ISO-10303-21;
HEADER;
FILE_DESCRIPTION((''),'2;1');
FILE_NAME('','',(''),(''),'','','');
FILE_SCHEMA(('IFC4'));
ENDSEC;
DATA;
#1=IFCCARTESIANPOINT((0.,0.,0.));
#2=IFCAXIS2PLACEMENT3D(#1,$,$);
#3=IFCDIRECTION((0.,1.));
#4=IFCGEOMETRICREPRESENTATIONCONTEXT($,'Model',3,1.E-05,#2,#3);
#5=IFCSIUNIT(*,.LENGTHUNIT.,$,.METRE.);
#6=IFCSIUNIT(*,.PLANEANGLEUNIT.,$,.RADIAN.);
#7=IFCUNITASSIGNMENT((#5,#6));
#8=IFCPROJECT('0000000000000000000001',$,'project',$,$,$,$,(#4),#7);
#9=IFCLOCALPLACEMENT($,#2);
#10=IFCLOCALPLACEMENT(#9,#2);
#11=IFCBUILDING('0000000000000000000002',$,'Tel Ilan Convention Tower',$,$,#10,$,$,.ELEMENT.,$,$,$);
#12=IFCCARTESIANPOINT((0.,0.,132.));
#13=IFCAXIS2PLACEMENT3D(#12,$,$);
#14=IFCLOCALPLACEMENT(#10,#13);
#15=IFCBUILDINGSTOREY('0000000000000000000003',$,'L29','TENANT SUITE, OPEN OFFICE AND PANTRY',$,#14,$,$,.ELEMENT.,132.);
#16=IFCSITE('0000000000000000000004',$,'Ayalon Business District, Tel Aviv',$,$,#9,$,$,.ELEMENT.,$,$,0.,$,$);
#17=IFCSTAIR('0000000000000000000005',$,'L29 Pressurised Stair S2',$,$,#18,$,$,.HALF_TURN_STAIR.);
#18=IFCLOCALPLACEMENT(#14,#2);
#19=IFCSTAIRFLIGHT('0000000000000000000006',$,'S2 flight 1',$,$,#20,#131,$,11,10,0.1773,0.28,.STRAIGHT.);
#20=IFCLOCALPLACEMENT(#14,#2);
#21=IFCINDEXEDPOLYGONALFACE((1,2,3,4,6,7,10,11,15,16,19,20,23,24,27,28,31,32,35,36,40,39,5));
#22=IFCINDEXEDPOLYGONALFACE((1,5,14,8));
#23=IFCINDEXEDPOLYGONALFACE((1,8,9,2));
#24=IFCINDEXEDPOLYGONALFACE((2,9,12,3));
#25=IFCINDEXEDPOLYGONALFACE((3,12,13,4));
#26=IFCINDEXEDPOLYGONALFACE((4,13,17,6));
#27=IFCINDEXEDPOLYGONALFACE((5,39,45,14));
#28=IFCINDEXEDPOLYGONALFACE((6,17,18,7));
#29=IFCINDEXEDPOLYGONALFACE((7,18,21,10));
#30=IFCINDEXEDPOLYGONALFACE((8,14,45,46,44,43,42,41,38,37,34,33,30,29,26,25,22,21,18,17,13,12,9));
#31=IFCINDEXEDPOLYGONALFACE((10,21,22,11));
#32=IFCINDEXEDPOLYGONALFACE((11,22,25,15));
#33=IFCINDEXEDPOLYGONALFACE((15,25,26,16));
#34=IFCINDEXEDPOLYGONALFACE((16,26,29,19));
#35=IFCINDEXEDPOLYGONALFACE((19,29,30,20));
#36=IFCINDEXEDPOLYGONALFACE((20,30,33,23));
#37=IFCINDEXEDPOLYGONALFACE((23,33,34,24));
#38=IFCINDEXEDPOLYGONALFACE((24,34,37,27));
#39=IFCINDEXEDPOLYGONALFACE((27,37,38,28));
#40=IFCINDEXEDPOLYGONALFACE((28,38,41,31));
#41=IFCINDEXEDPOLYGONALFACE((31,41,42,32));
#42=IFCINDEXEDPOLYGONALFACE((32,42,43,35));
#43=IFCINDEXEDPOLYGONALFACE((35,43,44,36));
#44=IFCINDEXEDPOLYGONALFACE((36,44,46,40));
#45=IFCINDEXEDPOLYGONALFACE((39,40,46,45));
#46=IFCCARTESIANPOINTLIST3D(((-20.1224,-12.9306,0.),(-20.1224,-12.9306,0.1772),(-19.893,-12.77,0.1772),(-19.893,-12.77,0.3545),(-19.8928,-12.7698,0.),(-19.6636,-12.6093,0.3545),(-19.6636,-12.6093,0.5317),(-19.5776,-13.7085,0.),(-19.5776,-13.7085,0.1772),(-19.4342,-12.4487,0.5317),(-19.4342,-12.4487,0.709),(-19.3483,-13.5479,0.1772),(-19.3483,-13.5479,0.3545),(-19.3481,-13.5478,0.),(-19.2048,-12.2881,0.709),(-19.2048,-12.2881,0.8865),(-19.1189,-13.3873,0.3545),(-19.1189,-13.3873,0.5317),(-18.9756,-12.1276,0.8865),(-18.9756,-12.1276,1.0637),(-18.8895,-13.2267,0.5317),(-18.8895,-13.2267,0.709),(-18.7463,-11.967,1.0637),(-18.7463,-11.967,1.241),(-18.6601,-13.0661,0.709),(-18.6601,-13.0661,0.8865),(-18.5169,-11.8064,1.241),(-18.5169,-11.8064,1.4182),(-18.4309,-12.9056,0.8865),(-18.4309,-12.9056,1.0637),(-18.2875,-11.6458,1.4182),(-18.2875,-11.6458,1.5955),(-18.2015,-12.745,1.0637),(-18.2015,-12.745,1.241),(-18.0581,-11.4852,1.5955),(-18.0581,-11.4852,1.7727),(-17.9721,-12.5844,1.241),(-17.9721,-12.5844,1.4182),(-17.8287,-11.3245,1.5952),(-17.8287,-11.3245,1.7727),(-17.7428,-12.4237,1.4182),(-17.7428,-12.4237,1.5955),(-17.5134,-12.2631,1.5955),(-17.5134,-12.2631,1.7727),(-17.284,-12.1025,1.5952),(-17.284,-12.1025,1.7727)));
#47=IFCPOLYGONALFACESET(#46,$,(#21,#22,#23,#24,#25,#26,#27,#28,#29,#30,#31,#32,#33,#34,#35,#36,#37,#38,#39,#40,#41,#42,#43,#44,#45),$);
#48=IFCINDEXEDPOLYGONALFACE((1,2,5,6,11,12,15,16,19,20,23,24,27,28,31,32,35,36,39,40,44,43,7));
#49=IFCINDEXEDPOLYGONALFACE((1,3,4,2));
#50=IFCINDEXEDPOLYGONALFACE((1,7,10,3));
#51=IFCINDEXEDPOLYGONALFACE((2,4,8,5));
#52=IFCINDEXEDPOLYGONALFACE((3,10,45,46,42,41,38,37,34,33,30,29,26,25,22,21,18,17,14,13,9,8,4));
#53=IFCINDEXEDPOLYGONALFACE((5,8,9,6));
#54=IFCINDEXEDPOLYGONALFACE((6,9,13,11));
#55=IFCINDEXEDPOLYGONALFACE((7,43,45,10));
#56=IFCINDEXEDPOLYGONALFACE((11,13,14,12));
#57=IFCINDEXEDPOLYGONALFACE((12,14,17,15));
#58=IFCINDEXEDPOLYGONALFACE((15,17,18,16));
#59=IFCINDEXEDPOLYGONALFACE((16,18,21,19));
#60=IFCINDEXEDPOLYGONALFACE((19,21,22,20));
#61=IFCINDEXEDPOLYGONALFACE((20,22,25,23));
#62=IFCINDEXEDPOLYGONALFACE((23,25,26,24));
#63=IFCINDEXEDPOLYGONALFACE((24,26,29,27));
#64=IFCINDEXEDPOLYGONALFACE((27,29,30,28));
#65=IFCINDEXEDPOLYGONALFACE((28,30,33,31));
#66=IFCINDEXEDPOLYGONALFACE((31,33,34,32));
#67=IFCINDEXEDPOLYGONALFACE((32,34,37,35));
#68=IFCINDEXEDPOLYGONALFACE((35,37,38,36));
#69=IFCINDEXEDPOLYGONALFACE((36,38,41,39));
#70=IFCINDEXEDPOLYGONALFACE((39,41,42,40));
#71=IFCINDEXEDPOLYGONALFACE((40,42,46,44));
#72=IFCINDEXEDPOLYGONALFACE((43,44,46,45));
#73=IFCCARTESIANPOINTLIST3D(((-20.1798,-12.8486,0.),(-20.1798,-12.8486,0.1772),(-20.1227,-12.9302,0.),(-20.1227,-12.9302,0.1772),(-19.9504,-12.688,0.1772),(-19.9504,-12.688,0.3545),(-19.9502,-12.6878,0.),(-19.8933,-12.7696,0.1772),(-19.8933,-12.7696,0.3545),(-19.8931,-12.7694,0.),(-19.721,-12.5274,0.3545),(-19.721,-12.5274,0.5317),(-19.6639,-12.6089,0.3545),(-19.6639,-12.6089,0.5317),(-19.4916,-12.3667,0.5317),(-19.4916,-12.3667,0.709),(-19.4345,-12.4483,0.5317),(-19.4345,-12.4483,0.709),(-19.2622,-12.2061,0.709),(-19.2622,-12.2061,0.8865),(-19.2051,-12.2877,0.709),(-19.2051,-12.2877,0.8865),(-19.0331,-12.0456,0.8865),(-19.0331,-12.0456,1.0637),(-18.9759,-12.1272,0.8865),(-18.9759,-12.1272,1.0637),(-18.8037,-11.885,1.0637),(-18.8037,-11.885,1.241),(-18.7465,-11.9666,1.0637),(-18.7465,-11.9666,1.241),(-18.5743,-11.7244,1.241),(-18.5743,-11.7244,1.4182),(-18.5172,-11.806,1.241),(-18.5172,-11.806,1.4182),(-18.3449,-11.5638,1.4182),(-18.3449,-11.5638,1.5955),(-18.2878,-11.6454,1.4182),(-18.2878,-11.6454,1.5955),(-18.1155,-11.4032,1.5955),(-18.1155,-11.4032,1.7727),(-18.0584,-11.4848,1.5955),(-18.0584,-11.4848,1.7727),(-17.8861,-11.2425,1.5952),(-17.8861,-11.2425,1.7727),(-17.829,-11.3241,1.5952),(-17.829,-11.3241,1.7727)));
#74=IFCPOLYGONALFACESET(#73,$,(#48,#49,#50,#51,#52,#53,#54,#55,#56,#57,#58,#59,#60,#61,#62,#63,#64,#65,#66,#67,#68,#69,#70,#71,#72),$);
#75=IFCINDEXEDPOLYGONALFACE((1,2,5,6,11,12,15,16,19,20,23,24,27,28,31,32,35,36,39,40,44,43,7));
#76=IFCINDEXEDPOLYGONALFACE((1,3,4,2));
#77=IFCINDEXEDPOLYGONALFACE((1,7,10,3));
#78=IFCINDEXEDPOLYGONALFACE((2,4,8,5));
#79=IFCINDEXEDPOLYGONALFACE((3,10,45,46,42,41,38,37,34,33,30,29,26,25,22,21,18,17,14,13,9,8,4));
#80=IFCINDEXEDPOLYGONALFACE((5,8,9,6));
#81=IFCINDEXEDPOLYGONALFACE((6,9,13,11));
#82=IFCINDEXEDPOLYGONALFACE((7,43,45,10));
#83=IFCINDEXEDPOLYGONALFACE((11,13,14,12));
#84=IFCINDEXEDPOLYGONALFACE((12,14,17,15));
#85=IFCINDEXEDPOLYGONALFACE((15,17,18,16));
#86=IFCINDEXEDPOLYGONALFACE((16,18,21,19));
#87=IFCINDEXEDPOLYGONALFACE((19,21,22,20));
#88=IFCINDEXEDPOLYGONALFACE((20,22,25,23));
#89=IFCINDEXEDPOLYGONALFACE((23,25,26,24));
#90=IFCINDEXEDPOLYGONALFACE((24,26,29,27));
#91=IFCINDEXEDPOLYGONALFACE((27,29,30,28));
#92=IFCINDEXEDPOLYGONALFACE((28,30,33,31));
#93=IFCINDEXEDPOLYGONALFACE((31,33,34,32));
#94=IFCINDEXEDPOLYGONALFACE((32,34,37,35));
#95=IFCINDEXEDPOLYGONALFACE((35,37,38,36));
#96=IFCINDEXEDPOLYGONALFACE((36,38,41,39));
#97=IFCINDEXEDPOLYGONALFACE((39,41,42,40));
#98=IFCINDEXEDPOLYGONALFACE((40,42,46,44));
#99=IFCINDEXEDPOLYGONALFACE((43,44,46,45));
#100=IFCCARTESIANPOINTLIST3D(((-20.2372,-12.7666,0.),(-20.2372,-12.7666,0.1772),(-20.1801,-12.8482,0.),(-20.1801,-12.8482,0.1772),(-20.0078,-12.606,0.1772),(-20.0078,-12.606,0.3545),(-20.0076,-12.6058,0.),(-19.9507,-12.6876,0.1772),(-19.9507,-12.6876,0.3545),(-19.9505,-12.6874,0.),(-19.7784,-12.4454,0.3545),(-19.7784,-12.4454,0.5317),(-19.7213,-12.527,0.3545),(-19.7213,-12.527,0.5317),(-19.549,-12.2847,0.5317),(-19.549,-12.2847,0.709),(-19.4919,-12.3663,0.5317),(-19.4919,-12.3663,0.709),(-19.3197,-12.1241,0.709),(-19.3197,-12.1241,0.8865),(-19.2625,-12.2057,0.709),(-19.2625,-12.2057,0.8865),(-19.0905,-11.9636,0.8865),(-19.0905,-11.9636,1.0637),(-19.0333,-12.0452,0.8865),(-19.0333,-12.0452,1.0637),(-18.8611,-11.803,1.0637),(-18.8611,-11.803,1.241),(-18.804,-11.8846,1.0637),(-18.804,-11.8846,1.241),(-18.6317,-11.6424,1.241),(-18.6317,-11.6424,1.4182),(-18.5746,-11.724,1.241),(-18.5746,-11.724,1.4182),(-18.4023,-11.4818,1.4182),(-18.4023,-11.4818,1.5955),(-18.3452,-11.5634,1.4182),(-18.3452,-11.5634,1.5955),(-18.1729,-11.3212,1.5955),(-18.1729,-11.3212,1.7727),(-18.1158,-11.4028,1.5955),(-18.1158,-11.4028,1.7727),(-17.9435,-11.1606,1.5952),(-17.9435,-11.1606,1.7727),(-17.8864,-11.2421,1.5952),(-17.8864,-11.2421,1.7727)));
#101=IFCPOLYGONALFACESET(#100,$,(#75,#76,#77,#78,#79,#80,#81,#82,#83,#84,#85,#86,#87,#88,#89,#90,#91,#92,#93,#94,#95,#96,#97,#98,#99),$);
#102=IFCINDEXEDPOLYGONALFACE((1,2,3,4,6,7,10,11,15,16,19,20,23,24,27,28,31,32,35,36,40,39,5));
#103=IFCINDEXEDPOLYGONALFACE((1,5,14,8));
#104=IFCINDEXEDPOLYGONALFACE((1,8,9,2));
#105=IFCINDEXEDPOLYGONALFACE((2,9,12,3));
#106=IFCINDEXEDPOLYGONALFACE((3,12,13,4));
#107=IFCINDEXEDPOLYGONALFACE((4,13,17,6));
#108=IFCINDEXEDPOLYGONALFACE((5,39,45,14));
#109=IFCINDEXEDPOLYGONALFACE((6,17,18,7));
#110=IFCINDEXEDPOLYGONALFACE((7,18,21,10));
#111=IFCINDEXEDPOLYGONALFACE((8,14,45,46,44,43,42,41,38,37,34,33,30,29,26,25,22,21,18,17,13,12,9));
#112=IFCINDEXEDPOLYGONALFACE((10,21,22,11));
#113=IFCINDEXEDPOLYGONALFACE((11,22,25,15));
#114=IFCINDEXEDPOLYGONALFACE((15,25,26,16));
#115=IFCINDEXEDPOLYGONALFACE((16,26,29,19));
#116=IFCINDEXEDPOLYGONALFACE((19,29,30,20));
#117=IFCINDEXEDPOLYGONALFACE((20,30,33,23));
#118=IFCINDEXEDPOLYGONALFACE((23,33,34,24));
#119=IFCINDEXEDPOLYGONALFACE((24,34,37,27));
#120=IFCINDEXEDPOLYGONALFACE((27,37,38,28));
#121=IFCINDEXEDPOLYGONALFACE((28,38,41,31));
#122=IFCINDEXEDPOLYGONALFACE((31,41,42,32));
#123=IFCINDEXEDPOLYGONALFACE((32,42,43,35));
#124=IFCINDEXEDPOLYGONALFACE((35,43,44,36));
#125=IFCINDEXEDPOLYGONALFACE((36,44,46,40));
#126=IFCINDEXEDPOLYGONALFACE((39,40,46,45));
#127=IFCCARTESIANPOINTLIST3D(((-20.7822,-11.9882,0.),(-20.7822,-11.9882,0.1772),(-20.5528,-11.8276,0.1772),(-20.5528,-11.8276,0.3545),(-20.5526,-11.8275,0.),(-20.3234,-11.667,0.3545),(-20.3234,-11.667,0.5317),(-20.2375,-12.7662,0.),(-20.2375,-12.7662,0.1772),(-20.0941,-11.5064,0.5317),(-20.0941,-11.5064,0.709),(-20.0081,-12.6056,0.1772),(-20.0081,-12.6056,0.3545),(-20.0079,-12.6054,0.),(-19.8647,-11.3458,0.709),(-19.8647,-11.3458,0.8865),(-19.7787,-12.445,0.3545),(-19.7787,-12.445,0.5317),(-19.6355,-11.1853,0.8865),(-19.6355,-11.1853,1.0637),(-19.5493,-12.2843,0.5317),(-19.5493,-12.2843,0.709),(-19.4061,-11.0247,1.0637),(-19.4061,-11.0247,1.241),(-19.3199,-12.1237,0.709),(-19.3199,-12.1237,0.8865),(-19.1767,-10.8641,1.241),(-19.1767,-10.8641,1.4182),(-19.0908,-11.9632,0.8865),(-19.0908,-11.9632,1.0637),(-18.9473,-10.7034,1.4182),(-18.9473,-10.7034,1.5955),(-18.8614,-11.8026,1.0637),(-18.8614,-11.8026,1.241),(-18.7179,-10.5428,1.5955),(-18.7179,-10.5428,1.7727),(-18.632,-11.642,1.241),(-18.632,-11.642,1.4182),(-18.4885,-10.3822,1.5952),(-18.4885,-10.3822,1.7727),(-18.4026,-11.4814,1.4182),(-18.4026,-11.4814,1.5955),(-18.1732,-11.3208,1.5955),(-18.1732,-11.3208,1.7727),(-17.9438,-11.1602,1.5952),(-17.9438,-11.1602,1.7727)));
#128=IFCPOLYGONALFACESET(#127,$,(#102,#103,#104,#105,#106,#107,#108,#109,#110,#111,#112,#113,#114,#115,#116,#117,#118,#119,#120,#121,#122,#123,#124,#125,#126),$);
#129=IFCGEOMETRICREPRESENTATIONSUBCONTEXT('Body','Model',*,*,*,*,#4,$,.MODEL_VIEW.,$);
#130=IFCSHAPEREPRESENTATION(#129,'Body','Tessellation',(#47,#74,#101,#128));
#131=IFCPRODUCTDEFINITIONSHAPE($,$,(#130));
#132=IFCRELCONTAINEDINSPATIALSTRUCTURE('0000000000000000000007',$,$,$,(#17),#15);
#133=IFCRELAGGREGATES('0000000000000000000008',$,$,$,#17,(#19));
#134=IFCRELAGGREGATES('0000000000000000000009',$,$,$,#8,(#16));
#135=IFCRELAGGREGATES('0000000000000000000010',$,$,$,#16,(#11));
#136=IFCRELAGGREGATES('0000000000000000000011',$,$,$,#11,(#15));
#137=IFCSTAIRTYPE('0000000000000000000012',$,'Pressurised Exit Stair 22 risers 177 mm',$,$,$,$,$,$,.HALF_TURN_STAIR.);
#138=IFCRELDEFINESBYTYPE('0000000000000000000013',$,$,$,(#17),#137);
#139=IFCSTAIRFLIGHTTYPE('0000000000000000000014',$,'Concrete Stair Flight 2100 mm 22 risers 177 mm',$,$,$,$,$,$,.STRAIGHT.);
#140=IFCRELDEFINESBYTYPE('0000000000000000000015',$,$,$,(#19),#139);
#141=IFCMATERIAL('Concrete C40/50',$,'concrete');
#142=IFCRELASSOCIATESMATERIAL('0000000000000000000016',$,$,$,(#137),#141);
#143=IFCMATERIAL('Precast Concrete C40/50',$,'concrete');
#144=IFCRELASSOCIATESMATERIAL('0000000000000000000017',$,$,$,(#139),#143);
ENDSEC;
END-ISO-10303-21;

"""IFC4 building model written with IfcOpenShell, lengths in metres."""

from ifc_helpers import new_model, si_unit, direction, frame, origin, place, context, subcontext, project, spatial, polyline, outline, extrude, material, type_object, element, aggregate, save


model = new_model("IFC4")

# Units and contexts
model_context = context("Model", 3, precision=1e-05, world=origin(), true_north=direction((0.0, 1.0)))
body_context = subcontext(model_context, "Body", "Model", "MODEL_VIEW")
ifc_project = project(units=[si_unit("LENGTHUNIT", "METRE"), si_unit("PLANEANGLEUNIT", "RADIAN")], contexts=[model_context])

# Site, building, storey
site_placement = place(None, origin())
site = spatial("IfcSite", under=ifc_project, at=site_placement, Name="Ayalon Business District, Tel Aviv", CompositionType="ELEMENT", RefElevation=0.0)
building_placement = place(site_placement, origin())
building = spatial("IfcBuilding", under=site, at=building_placement, Name="Tel Ilan Convention Tower", CompositionType="ELEMENT")
storey_placement = place(building_placement, frame((0.0, 0.0, 132.0)))
storey = spatial("IfcBuildingStorey", under=building, at=storey_placement, Name="L29", Description="TENANT SUITE, OPEN OFFICE AND PANTRY", CompositionType="ELEMENT", Elevation=132.0)

# Stair, stair flight
ifc_material_1 = material(Name="Concrete C40/50", Category="concrete")
stair_type = type_object("IfcStairType", Name="Pressurised Exit Stair 22 risers 177 mm", PredefinedType="HALF_TURN_STAIR", material=ifc_material_1)
ifc_material_2 = material(Name="Precast Concrete C40/50", Category="concrete")
stair_flight_type = type_object("IfcStairFlightType", Name="Concrete Stair Flight 2100 mm 22 risers 177 mm", PredefinedType="STRAIGHT", material=ifc_material_2)
stair_1_placement = place(storey_placement, origin())
stair_1 = element("IfcStair", 1, at=stair_1_placement, inside=storey, type_object=stair_type, Name="L29 Pressurised Stair S2", PredefinedType="HALF_TURN_STAIR")
stair_flight_1_placement = place(storey_placement, frame((-20.1799, -12.8484, 0.0), z_axis=(0.0, 0.0, 1.0), x_axis=(0.819152, 0.573576, 0.0)))
stair_flight_1 = element("IfcStairFlight", 2, at=stair_flight_1_placement, type_object=stair_flight_type, Name="S2 flight 1", NumberOfRisers=11, NumberOfTreads=10, PredefinedType="STRAIGHT", RiserHeight=0.1773, TreadLength=0.28, context=body_context, shape_type="SweptSolid", body=[
    extrude(outline(polyline([(0.0, 0.0), (0.0, 0.1772), (0.28, 0.1772), (0.28, 0.3545), (0.5601, 0.3545), (0.5601, 0.5317), (0.8401, 0.5317), (0.8401, 0.709), (1.1201, 0.709), (1.1201, 0.8865), (1.3999, 0.8865), (1.3999, 1.0637), (1.6799, 1.0637), (1.6799, 1.241), (1.96, 1.241), (1.96, 1.4182), (2.24, 1.4182), (2.24, 1.5955), (2.52, 1.5955), (2.52, 1.7727), (2.8, 1.7727), (2.8, 1.95), (2.8, 1.5952), (0.2803, 0.0), (0.0, 0.0)])), frame((0.0, -0.1003, 0.0), z_axis=(0.0, -1.0, 0.0), x_axis=(1.0, 0.0, 0.0)), (0.0, 0.0, 1.0), 0.9497),
    extrude(outline(polyline([(0.0, 0.0), (0.0, 0.1772), (0.28, 0.1772), (0.28, 0.3545), (0.5601, 0.3545), (0.5601, 0.5317), (0.8401, 0.5317), (0.8401, 0.709), (1.1201, 0.709), (1.1201, 0.8865), (1.3999, 0.8865), (1.3999, 1.0637), (1.6799, 1.0637), (1.6799, 1.241), (1.96, 1.241), (1.96, 1.4182), (2.24, 1.4182), (2.24, 1.5955), (2.52, 1.5955), (2.52, 1.7727), (2.8, 1.7727), (2.8, 1.95), (2.8, 1.5952), (0.2803, 0.0), (0.0, 0.0)])), frame((0.0, -0.0002, 0.0), z_axis=(0.0, -1.0, 0.0), x_axis=(1.0, 0.0, 0.0)), (0.0, 0.0, 1.0), 0.0996),
    extrude(outline(polyline([(0.0, 0.0), (0.0, 0.1772), (0.28, 0.1772), (0.28, 0.3545), (0.5601, 0.3545), (0.5601, 0.5317), (0.8401, 0.5317), (0.8401, 0.709), (1.1201, 0.709), (1.1201, 0.8865), (1.3999, 0.8865), (1.3999, 1.0637), (1.6799, 1.0637), (1.6799, 1.241), (1.96, 1.241), (1.96, 1.4182), (2.24, 1.4182), (2.24, 1.5955), (2.52, 1.5955), (2.52, 1.7727), (2.8, 1.7727), (2.8, 1.95), (2.8, 1.5952), (0.2803, 0.0), (0.0, 0.0)])), frame((0.0, 0.0999, 0.0), z_axis=(0.0, -1.0, 0.0), x_axis=(1.0, 0.0, 0.0)), (0.0, 0.0, 1.0), 0.0996),
    extrude(outline(polyline([(0.0, 0.0), (0.0, 0.1772), (0.28, 0.1772), (0.28, 0.3545), (0.5601, 0.3545), (0.5601, 0.5317), (0.8401, 0.5317), (0.8401, 0.709), (1.1201, 0.709), (1.1201, 0.8865), (1.3999, 0.8865), (1.3999, 1.0637), (1.6799, 1.0637), (1.6799, 1.241), (1.96, 1.241), (1.96, 1.4182), (2.24, 1.4182), (2.24, 1.5955), (2.52, 1.5955), (2.52, 1.7727), (2.8, 1.7727), (2.8, 1.95), (2.8, 1.5952), (0.2803, 0.0), (0.0, 0.0)])), frame((0.0, 1.05, 0.0), z_axis=(0.0, -1.0, 0.0), x_axis=(1.0, 0.0, 0.0)), (0.0, 0.0, 1.0), 0.9497),
])
aggregate(stair_1, [stair_flight_1])

save(model, "model.ifc")
